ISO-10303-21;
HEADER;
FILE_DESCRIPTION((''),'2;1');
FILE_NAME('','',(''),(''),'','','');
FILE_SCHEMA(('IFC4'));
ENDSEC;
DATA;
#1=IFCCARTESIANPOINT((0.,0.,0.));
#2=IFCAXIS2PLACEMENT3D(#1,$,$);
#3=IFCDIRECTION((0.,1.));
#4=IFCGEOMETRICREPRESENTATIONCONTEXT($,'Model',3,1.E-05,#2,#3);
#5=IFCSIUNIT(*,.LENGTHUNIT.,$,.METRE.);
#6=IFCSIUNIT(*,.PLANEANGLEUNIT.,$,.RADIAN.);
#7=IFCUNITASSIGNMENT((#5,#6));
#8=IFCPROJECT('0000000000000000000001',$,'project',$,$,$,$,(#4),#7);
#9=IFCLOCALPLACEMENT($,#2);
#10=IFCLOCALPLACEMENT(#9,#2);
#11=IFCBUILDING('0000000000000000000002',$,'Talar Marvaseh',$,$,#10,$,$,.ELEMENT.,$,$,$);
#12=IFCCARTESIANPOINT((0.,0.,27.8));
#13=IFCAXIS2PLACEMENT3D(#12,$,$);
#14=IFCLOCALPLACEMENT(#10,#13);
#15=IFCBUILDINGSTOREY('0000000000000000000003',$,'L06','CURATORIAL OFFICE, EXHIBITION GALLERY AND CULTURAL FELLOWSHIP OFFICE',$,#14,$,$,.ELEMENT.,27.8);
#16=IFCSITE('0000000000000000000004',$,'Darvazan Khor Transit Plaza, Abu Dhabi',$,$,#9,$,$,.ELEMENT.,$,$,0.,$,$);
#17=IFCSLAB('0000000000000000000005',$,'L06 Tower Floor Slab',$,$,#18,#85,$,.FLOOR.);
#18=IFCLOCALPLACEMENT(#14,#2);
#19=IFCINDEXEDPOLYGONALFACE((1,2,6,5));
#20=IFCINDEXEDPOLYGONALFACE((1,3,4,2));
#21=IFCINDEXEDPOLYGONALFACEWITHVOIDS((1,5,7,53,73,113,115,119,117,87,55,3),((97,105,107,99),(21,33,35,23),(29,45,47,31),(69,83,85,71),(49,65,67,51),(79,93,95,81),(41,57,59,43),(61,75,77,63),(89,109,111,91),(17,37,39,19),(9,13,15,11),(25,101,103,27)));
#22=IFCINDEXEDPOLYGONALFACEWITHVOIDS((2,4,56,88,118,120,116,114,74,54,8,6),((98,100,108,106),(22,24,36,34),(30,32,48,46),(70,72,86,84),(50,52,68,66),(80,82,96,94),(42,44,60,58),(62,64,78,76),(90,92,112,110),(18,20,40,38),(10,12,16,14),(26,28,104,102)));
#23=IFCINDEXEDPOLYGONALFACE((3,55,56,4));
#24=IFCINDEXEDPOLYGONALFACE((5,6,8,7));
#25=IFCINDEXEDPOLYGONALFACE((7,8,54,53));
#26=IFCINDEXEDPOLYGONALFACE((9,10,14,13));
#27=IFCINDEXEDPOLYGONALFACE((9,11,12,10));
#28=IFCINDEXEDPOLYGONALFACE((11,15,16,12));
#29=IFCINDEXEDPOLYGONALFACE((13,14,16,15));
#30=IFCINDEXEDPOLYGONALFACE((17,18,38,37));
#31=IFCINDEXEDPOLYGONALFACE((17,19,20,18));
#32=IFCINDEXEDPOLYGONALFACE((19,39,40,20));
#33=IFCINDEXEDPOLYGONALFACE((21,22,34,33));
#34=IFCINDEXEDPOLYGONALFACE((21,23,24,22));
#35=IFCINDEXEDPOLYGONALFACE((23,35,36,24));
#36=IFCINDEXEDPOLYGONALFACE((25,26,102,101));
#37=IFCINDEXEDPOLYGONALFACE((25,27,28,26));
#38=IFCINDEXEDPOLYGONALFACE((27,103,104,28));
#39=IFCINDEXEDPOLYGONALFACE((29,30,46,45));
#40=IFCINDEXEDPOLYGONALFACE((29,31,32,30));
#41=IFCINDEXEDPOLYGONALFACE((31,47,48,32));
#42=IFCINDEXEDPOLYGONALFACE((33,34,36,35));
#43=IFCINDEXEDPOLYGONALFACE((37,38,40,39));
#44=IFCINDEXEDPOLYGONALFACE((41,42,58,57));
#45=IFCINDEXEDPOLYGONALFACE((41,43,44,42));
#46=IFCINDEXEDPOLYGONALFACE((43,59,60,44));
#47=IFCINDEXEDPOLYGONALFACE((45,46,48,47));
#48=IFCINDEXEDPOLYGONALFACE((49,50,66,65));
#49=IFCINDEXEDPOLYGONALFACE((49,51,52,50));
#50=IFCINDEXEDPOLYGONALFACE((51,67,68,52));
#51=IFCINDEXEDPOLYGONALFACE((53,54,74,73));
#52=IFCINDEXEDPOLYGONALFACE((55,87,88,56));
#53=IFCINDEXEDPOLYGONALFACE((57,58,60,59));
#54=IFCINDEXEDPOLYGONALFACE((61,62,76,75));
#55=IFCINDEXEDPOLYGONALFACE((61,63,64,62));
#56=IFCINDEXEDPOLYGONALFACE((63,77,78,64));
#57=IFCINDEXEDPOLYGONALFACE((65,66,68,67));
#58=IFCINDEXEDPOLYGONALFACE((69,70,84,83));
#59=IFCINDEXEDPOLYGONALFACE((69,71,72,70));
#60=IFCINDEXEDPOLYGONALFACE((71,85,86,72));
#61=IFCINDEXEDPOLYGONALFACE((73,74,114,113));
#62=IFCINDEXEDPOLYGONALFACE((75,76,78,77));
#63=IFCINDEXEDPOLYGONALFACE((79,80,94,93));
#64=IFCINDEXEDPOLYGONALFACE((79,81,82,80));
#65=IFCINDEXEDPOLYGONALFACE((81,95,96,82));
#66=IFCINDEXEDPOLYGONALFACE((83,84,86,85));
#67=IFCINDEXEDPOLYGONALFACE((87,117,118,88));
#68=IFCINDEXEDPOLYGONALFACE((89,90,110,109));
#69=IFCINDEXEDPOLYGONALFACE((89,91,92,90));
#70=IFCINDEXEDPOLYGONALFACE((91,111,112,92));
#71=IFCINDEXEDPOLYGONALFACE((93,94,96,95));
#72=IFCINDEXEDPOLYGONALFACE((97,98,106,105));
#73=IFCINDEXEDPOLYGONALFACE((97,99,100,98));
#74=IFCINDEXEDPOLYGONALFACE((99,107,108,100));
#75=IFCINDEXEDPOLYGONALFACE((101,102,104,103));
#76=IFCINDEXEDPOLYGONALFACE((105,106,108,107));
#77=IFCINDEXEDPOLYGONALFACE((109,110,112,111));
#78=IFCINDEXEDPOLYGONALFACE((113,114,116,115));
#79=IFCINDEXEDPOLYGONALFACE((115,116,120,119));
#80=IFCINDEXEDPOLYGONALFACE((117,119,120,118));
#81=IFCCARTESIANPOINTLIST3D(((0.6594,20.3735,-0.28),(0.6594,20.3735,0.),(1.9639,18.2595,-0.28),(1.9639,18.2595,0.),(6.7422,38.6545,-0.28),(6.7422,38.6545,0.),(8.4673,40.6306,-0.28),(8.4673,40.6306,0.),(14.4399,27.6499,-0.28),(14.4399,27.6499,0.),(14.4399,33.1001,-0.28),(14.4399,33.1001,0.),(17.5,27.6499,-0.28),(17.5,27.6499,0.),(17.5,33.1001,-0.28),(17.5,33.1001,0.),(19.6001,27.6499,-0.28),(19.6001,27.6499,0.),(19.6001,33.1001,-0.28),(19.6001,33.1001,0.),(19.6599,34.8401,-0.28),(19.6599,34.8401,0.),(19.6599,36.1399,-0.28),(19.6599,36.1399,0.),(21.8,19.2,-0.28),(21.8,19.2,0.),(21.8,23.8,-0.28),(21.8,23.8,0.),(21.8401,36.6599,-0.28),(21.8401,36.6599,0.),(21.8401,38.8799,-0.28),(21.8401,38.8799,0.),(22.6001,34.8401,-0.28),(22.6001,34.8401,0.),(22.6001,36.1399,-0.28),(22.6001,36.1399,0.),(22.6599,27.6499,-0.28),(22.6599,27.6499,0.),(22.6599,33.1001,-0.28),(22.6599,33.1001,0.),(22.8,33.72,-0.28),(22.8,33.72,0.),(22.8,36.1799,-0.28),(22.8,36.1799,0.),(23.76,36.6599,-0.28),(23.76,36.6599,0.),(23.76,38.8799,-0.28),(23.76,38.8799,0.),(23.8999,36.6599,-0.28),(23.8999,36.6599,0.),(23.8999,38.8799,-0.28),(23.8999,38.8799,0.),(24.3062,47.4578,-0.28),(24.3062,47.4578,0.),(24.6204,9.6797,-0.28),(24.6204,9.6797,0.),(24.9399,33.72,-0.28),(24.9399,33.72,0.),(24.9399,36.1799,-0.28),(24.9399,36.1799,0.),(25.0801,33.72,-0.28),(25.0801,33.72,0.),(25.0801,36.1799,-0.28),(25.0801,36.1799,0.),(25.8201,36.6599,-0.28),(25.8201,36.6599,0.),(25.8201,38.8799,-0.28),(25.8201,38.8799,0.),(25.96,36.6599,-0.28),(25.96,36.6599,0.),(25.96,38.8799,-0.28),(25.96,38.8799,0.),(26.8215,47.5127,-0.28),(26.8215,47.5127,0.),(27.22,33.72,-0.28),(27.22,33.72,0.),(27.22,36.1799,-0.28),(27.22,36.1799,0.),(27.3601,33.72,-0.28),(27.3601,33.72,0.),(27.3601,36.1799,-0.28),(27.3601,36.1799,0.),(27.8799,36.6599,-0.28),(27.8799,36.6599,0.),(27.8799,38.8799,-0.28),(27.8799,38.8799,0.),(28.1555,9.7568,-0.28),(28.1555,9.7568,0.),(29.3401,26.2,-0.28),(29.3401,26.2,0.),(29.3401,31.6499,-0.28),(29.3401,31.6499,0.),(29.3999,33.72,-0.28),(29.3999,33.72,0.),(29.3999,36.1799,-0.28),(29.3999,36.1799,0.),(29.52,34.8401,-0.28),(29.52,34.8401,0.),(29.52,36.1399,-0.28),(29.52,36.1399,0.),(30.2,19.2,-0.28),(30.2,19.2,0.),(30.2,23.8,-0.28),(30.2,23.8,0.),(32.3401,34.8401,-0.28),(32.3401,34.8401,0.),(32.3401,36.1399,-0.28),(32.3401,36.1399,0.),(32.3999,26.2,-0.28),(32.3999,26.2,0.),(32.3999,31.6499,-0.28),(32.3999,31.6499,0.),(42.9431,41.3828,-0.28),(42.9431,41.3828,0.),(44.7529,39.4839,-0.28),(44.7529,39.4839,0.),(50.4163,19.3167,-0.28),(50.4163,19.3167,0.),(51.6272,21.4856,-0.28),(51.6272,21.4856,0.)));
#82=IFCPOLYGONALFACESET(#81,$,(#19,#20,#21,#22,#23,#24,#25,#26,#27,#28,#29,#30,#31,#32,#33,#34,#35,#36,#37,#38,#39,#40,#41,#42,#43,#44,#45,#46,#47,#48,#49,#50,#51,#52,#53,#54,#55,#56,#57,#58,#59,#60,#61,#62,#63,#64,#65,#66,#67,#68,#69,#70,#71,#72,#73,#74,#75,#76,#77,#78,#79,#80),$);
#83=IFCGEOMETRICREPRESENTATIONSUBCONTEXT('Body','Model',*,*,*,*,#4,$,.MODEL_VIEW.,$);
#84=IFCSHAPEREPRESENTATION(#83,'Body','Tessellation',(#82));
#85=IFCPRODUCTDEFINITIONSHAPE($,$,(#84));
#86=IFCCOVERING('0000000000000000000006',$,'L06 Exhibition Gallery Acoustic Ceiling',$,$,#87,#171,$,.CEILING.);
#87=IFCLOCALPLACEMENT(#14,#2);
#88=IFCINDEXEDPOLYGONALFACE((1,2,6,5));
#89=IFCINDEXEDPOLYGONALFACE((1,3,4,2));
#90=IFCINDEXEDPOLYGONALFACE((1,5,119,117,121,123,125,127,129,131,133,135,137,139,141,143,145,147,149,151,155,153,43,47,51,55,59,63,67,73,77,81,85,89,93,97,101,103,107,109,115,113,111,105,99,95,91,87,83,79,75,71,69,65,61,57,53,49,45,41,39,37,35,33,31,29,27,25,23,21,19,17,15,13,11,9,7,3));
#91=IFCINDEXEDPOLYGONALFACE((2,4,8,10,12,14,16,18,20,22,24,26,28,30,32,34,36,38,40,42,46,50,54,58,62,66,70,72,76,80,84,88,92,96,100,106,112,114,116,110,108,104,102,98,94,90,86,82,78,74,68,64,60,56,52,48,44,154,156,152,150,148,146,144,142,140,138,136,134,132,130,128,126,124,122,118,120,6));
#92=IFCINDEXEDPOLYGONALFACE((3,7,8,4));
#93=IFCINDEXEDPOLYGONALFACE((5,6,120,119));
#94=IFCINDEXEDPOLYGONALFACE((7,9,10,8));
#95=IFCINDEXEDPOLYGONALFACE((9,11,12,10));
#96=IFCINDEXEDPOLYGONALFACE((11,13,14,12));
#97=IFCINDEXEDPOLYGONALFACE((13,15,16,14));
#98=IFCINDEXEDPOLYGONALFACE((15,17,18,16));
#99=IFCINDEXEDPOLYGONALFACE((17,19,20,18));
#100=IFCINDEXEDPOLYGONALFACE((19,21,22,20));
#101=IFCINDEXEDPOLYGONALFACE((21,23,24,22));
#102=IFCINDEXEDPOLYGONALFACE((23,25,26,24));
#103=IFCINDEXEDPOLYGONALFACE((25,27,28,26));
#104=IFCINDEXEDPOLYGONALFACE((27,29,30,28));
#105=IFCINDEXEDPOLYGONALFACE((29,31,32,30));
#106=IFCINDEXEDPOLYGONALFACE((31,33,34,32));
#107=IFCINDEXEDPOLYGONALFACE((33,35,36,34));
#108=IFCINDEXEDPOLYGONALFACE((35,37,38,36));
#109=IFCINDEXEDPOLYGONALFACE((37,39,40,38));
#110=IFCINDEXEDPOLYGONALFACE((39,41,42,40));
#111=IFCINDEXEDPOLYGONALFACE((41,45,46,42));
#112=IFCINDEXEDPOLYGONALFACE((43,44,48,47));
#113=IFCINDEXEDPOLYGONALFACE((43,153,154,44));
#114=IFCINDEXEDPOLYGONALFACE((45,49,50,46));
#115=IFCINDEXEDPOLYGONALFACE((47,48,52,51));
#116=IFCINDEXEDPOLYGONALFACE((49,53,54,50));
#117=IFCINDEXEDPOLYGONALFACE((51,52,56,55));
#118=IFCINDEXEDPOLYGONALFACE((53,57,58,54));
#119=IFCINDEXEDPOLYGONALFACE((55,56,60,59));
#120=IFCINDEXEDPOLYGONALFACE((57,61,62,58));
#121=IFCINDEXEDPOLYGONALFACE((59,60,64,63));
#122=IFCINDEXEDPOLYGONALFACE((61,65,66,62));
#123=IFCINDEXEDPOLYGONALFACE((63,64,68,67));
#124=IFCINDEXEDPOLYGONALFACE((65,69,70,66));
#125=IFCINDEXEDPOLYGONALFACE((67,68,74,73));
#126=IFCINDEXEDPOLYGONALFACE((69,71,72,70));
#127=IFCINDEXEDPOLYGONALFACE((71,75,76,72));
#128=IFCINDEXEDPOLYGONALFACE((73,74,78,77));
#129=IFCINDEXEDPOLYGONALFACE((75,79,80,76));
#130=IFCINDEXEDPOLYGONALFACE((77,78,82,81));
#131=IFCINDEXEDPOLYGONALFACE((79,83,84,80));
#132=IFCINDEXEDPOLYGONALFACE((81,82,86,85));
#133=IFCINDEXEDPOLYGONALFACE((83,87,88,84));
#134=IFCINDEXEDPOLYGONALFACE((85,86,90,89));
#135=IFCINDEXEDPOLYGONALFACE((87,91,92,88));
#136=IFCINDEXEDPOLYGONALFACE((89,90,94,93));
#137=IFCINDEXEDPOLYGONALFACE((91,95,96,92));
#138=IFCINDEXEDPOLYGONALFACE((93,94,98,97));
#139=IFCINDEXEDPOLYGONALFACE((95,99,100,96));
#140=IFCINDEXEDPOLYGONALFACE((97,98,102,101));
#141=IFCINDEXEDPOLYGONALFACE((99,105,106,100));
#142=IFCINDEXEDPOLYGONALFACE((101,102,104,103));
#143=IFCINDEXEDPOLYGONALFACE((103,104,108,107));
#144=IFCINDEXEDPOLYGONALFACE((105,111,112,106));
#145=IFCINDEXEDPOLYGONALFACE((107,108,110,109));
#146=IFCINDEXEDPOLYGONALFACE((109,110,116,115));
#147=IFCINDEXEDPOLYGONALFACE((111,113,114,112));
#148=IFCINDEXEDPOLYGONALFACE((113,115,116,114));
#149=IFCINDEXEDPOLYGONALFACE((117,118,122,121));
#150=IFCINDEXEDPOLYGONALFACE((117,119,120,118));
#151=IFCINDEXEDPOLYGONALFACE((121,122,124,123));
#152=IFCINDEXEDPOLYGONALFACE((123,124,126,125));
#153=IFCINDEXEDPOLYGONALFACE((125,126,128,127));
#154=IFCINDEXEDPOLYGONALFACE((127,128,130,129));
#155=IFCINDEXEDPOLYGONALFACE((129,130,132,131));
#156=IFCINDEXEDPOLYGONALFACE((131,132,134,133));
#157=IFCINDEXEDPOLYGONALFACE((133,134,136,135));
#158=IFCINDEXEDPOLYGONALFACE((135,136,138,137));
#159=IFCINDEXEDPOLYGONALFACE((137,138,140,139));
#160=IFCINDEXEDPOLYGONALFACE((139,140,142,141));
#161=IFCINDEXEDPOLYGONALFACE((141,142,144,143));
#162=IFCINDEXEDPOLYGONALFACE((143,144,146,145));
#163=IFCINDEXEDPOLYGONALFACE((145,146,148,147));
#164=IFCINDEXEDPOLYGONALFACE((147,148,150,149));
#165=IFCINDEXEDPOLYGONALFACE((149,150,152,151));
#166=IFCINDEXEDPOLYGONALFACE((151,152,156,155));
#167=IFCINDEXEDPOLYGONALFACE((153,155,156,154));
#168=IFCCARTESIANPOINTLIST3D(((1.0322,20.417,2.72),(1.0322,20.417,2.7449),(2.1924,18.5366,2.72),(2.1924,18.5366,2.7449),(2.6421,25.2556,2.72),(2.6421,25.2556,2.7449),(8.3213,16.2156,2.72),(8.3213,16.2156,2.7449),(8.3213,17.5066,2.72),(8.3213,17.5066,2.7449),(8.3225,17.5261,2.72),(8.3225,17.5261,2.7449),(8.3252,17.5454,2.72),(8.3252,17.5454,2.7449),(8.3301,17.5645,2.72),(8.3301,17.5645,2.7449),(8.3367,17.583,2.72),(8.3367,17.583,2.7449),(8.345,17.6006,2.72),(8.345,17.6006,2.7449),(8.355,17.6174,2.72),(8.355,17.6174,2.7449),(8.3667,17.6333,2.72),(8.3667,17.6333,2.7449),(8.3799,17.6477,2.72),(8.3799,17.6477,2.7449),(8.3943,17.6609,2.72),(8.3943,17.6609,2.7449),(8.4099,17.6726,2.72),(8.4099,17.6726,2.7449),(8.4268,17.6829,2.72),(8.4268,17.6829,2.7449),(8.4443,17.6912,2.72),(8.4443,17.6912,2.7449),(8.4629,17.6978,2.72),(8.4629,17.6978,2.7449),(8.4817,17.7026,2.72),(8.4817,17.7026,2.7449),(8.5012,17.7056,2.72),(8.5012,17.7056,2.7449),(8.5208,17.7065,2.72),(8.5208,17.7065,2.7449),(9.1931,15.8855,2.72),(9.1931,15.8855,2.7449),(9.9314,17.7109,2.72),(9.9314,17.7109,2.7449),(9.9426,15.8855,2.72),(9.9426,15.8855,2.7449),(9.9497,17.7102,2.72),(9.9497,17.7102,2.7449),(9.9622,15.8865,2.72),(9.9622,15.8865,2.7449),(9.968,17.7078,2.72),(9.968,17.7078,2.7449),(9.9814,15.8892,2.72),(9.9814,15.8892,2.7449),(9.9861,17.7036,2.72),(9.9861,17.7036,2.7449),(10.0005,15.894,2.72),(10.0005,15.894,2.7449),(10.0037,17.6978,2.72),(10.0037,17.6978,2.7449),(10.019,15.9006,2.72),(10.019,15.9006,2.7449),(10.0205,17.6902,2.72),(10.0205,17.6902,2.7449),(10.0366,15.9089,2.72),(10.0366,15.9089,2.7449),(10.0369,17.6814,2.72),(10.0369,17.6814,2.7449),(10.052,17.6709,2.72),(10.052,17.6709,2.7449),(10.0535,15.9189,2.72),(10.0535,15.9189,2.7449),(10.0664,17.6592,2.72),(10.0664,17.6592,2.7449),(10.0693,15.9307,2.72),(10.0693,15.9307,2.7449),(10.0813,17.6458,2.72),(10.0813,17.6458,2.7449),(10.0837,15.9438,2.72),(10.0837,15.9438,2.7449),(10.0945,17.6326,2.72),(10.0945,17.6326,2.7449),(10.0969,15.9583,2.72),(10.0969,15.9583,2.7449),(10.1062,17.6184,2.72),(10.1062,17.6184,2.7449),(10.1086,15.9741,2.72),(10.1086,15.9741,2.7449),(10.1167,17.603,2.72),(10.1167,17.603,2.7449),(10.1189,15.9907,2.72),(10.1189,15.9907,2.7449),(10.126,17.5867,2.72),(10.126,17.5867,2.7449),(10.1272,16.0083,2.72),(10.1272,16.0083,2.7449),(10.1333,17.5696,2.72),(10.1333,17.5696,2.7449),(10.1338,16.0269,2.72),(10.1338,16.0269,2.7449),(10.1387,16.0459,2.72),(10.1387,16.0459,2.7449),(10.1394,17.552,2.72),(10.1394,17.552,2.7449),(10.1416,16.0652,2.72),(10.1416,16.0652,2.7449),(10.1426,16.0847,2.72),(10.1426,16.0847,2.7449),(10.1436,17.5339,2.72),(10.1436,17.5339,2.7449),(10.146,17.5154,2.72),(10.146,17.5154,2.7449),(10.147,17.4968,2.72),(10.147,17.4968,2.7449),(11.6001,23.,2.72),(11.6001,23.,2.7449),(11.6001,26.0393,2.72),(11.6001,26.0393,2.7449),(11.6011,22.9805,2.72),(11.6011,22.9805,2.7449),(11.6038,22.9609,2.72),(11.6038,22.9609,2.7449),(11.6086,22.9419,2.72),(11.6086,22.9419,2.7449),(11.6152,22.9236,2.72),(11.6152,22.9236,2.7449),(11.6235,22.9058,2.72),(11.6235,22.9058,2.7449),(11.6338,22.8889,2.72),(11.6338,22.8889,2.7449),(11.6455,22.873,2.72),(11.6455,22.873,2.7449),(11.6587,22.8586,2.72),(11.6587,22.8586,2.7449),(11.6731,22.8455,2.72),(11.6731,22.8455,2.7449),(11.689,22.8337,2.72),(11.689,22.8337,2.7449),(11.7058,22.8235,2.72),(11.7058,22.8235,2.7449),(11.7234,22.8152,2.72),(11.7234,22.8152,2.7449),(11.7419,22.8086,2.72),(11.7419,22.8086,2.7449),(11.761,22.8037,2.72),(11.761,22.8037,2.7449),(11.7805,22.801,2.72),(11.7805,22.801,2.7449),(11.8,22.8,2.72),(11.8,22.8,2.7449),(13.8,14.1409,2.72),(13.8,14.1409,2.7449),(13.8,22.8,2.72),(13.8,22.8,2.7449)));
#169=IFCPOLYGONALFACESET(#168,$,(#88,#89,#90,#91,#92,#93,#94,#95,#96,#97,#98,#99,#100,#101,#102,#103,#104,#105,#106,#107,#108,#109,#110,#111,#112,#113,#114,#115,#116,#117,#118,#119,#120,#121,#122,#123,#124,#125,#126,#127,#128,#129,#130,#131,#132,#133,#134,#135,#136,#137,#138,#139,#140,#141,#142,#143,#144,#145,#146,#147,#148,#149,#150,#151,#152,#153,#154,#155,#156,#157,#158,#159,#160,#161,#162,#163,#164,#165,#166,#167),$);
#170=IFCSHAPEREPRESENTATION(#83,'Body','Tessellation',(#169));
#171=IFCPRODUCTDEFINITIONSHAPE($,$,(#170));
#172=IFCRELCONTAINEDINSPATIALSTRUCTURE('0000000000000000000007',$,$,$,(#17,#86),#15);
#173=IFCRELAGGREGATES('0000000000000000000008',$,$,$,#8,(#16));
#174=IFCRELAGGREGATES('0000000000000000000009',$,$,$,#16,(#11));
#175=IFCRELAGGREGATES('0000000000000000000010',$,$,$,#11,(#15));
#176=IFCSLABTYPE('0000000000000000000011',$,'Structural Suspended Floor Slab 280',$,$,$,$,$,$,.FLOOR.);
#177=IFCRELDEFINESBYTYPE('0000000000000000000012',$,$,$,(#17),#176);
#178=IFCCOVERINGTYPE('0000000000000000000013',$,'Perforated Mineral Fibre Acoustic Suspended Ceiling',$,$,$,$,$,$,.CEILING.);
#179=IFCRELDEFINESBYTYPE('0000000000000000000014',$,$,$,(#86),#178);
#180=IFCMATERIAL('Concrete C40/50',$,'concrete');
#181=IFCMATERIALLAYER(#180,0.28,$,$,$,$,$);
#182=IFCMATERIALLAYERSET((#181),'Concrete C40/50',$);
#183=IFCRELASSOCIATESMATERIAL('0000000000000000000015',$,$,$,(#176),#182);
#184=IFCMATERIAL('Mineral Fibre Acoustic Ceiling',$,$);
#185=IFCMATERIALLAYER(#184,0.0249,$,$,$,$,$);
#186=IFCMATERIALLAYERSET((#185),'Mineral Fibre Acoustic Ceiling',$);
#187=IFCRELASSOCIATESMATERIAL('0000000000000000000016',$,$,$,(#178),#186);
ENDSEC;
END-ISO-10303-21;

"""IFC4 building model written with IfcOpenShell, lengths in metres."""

from ifc_helpers import new_model, si_unit, direction, frame, origin, place, context, subcontext, project, spatial, polyline, outline, extrude, material, layer, layer_set, type_object, element, save


model = new_model("IFC4")

# Units and contexts
model_context = context("Model", 3, precision=1e-05, world=origin(), true_north=direction((0.0, 1.0)))
body_context = subcontext(model_context, "Body", "Model", "MODEL_VIEW")
ifc_project = project(units=[si_unit("LENGTHUNIT", "METRE"), si_unit("PLANEANGLEUNIT", "RADIAN")], contexts=[model_context])

# Site, building, storey
site_placement = place(None, origin())
site = spatial("IfcSite", under=ifc_project, at=site_placement, Name="Darvazan Khor Transit Plaza, Abu Dhabi", CompositionType="ELEMENT", RefElevation=0.0)
building_placement = place(site_placement, origin())
building = spatial("IfcBuilding", under=site, at=building_placement, Name="Talar Marvaseh", CompositionType="ELEMENT")
storey_placement = place(building_placement, frame((0.0, 0.0, 27.8)))
storey = spatial("IfcBuildingStorey", under=building, at=storey_placement, Name="L06", Description="CURATORIAL OFFICE, EXHIBITION GALLERY AND CULTURAL FELLOWSHIP OFFICE", CompositionType="ELEMENT", Elevation=27.8)

# Shared definitions
ifc_material_1 = material(Name="Concrete C40/50", Category="concrete")

# Slab
ifc_layer_1 = layer(ifc_material_1, 0.28)
ifc_layer_set_1 = layer_set([ifc_layer_1], Name="Concrete C40/50")
slab_type_1 = type_object("IfcSlabType", Name="Structural Suspended Floor Slab 280", PredefinedType="FLOOR", material=ifc_layer_set_1)
slab_1_placement = place(storey_placement, frame((0.0, 0.0, -0.28)))
element("IfcSlab", 1, at=slab_1_placement, inside=storey, type_object=slab_type_1, Name="L06 Tower Floor Slab", PredefinedType="FLOOR", context=body_context, shape_type="SweptSolid", body=[
    extrude(outline(polyline([(1.9639, 18.2595), (0.6594, 20.3735), (6.7422, 38.6545), (8.4673, 40.6306), (24.3062, 47.4578), (26.8215, 47.5127), (42.9431, 41.3828), (44.7529, 39.4839), (51.6272, 21.4856), (50.4163, 19.3167), (28.1555, 9.7568), (24.6204, 9.6797), (1.9639, 18.2595)]), holes=[polyline([(22.6599, 27.6499), (22.6599, 33.1001), (19.6001, 33.1001), (19.6001, 27.6499), (22.6599, 27.6499)]), polyline([(29.3401, 31.6499), (29.3401, 26.2), (32.3999, 26.2), (32.3999, 31.6499), (29.3401, 31.6499)]), polyline([(17.5, 27.6499), (17.5, 33.1001), (14.4399, 33.1001), (14.4399, 27.6499), (17.5, 27.6499)]), polyline([(22.8, 33.72), (24.9399, 33.72), (24.9399, 36.1799), (22.8, 36.1799), (22.8, 33.72)]), polyline([(25.0801, 33.72), (27.22, 33.72), (27.22, 36.1799), (25.0801, 36.1799), (25.0801, 33.72)]), polyline([(27.3601, 33.72), (29.3999, 33.72), (29.3999, 36.1799), (27.3601, 36.1799), (27.3601, 33.72)]), polyline([(21.8401, 36.6599), (23.76, 36.6599), (23.76, 38.8799), (21.8401, 38.8799), (21.8401, 36.6599)]), polyline([(23.8999, 36.6599), (25.8201, 36.6599), (25.8201, 38.8799), (23.8999, 38.8799), (23.8999, 36.6599)]), polyline([(25.96, 36.6599), (27.8799, 36.6599), (27.8799, 38.8799), (25.96, 38.8799), (25.96, 36.6599)]), polyline([(19.6599, 34.8401), (22.6001, 34.8401), (22.6001, 36.1399), (19.6599, 36.1399), (19.6599, 34.8401)]), polyline([(29.52, 34.8401), (32.3401, 34.8401), (32.3401, 36.1399), (29.52, 36.1399), (29.52, 34.8401)]), polyline([(21.8, 19.2), (30.2, 19.2), (30.2, 23.8), (21.8, 23.8), (21.8, 19.2)])]), origin(), (0.0, 0.0, 1.0), 0.28),
])

# Covering
ifc_material_2 = material(Name="Mineral Fibre Acoustic Ceiling")
ifc_layer_2 = layer(ifc_material_2, 0.0249)
ifc_layer_set_2 = layer_set([ifc_layer_2], Name="Mineral Fibre Acoustic Ceiling")
covering_type_1 = type_object("IfcCoveringType", Name="Perforated Mineral Fibre Acoustic Suspended Ceiling", PredefinedType="CEILING", material=ifc_layer_set_2)
covering_1_placement = place(storey_placement, frame((0.0, 0.0, 2.72)))
element("IfcCovering", 2, at=covering_1_placement, inside=storey, type_object=covering_type_1, Name="L06 Exhibition Gallery Acoustic Ceiling", PredefinedType="CEILING", context=body_context, shape_type="SweptSolid", body=[
    extrude(outline(polyline([(1.0322, 20.417), (2.6421, 25.2556), (11.6001, 26.0393), (11.6001, 23.0), (11.6011, 22.9805), (11.6038, 22.9609), (11.6086, 22.9419), (11.6152, 22.9236), (11.6235, 22.9058), (11.6338, 22.8889), (11.6455, 22.873), (11.6587, 22.8586), (11.6731, 22.8455), (11.689, 22.8337), (11.7058, 22.8235), (11.7234, 22.8152), (11.7419, 22.8086), (11.761, 22.8037), (11.7805, 22.801), (11.8, 22.8), (13.8, 22.8), (13.8, 14.1409), (9.1931, 15.8855), (9.9426, 15.8855), (9.9622, 15.8865), (9.9814, 15.8892), (10.0005, 15.894), (10.019, 15.9006), (10.0366, 15.9089), (10.0535, 15.9189), (10.0693, 15.9307), (10.0837, 15.9438), (10.0969, 15.9583), (10.1086, 15.9741), (10.1189, 15.9907), (10.1272, 16.0083), (10.1338, 16.0269), (10.1387, 16.0459), (10.1416, 16.0652), (10.1426, 16.0847), (10.147, 17.4968), (10.146, 17.5154), (10.1436, 17.5339), (10.1394, 17.552), (10.1333, 17.5696), (10.126, 17.5867), (10.1167, 17.603), (10.1062, 17.6184), (10.0945, 17.6326), (10.0813, 17.6458), (10.0664, 17.6592), (10.052, 17.6709), (10.0369, 17.6814), (10.0205, 17.6902), (10.0037, 17.6978), (9.9861, 17.7036), (9.968, 17.7078), (9.9497, 17.7102), (9.9314, 17.7109), (8.5208, 17.7065), (8.5012, 17.7056), (8.4817, 17.7026), (8.4629, 17.6978), (8.4443, 17.6912), (8.4268, 17.6829), (8.4099, 17.6726), (8.3943, 17.6609), (8.3799, 17.6477), (8.3667, 17.6333), (8.355, 17.6174), (8.345, 17.6006), (8.3367, 17.583), (8.3301, 17.5645), (8.3252, 17.5454), (8.3225, 17.5261), (8.3213, 17.5066), (8.3213, 16.2156), (2.1924, 18.5366), (1.0322, 20.417)])), origin(), (0.0, 0.0, 1.0), 0.0249),
])

save(model, "model.ifc")
